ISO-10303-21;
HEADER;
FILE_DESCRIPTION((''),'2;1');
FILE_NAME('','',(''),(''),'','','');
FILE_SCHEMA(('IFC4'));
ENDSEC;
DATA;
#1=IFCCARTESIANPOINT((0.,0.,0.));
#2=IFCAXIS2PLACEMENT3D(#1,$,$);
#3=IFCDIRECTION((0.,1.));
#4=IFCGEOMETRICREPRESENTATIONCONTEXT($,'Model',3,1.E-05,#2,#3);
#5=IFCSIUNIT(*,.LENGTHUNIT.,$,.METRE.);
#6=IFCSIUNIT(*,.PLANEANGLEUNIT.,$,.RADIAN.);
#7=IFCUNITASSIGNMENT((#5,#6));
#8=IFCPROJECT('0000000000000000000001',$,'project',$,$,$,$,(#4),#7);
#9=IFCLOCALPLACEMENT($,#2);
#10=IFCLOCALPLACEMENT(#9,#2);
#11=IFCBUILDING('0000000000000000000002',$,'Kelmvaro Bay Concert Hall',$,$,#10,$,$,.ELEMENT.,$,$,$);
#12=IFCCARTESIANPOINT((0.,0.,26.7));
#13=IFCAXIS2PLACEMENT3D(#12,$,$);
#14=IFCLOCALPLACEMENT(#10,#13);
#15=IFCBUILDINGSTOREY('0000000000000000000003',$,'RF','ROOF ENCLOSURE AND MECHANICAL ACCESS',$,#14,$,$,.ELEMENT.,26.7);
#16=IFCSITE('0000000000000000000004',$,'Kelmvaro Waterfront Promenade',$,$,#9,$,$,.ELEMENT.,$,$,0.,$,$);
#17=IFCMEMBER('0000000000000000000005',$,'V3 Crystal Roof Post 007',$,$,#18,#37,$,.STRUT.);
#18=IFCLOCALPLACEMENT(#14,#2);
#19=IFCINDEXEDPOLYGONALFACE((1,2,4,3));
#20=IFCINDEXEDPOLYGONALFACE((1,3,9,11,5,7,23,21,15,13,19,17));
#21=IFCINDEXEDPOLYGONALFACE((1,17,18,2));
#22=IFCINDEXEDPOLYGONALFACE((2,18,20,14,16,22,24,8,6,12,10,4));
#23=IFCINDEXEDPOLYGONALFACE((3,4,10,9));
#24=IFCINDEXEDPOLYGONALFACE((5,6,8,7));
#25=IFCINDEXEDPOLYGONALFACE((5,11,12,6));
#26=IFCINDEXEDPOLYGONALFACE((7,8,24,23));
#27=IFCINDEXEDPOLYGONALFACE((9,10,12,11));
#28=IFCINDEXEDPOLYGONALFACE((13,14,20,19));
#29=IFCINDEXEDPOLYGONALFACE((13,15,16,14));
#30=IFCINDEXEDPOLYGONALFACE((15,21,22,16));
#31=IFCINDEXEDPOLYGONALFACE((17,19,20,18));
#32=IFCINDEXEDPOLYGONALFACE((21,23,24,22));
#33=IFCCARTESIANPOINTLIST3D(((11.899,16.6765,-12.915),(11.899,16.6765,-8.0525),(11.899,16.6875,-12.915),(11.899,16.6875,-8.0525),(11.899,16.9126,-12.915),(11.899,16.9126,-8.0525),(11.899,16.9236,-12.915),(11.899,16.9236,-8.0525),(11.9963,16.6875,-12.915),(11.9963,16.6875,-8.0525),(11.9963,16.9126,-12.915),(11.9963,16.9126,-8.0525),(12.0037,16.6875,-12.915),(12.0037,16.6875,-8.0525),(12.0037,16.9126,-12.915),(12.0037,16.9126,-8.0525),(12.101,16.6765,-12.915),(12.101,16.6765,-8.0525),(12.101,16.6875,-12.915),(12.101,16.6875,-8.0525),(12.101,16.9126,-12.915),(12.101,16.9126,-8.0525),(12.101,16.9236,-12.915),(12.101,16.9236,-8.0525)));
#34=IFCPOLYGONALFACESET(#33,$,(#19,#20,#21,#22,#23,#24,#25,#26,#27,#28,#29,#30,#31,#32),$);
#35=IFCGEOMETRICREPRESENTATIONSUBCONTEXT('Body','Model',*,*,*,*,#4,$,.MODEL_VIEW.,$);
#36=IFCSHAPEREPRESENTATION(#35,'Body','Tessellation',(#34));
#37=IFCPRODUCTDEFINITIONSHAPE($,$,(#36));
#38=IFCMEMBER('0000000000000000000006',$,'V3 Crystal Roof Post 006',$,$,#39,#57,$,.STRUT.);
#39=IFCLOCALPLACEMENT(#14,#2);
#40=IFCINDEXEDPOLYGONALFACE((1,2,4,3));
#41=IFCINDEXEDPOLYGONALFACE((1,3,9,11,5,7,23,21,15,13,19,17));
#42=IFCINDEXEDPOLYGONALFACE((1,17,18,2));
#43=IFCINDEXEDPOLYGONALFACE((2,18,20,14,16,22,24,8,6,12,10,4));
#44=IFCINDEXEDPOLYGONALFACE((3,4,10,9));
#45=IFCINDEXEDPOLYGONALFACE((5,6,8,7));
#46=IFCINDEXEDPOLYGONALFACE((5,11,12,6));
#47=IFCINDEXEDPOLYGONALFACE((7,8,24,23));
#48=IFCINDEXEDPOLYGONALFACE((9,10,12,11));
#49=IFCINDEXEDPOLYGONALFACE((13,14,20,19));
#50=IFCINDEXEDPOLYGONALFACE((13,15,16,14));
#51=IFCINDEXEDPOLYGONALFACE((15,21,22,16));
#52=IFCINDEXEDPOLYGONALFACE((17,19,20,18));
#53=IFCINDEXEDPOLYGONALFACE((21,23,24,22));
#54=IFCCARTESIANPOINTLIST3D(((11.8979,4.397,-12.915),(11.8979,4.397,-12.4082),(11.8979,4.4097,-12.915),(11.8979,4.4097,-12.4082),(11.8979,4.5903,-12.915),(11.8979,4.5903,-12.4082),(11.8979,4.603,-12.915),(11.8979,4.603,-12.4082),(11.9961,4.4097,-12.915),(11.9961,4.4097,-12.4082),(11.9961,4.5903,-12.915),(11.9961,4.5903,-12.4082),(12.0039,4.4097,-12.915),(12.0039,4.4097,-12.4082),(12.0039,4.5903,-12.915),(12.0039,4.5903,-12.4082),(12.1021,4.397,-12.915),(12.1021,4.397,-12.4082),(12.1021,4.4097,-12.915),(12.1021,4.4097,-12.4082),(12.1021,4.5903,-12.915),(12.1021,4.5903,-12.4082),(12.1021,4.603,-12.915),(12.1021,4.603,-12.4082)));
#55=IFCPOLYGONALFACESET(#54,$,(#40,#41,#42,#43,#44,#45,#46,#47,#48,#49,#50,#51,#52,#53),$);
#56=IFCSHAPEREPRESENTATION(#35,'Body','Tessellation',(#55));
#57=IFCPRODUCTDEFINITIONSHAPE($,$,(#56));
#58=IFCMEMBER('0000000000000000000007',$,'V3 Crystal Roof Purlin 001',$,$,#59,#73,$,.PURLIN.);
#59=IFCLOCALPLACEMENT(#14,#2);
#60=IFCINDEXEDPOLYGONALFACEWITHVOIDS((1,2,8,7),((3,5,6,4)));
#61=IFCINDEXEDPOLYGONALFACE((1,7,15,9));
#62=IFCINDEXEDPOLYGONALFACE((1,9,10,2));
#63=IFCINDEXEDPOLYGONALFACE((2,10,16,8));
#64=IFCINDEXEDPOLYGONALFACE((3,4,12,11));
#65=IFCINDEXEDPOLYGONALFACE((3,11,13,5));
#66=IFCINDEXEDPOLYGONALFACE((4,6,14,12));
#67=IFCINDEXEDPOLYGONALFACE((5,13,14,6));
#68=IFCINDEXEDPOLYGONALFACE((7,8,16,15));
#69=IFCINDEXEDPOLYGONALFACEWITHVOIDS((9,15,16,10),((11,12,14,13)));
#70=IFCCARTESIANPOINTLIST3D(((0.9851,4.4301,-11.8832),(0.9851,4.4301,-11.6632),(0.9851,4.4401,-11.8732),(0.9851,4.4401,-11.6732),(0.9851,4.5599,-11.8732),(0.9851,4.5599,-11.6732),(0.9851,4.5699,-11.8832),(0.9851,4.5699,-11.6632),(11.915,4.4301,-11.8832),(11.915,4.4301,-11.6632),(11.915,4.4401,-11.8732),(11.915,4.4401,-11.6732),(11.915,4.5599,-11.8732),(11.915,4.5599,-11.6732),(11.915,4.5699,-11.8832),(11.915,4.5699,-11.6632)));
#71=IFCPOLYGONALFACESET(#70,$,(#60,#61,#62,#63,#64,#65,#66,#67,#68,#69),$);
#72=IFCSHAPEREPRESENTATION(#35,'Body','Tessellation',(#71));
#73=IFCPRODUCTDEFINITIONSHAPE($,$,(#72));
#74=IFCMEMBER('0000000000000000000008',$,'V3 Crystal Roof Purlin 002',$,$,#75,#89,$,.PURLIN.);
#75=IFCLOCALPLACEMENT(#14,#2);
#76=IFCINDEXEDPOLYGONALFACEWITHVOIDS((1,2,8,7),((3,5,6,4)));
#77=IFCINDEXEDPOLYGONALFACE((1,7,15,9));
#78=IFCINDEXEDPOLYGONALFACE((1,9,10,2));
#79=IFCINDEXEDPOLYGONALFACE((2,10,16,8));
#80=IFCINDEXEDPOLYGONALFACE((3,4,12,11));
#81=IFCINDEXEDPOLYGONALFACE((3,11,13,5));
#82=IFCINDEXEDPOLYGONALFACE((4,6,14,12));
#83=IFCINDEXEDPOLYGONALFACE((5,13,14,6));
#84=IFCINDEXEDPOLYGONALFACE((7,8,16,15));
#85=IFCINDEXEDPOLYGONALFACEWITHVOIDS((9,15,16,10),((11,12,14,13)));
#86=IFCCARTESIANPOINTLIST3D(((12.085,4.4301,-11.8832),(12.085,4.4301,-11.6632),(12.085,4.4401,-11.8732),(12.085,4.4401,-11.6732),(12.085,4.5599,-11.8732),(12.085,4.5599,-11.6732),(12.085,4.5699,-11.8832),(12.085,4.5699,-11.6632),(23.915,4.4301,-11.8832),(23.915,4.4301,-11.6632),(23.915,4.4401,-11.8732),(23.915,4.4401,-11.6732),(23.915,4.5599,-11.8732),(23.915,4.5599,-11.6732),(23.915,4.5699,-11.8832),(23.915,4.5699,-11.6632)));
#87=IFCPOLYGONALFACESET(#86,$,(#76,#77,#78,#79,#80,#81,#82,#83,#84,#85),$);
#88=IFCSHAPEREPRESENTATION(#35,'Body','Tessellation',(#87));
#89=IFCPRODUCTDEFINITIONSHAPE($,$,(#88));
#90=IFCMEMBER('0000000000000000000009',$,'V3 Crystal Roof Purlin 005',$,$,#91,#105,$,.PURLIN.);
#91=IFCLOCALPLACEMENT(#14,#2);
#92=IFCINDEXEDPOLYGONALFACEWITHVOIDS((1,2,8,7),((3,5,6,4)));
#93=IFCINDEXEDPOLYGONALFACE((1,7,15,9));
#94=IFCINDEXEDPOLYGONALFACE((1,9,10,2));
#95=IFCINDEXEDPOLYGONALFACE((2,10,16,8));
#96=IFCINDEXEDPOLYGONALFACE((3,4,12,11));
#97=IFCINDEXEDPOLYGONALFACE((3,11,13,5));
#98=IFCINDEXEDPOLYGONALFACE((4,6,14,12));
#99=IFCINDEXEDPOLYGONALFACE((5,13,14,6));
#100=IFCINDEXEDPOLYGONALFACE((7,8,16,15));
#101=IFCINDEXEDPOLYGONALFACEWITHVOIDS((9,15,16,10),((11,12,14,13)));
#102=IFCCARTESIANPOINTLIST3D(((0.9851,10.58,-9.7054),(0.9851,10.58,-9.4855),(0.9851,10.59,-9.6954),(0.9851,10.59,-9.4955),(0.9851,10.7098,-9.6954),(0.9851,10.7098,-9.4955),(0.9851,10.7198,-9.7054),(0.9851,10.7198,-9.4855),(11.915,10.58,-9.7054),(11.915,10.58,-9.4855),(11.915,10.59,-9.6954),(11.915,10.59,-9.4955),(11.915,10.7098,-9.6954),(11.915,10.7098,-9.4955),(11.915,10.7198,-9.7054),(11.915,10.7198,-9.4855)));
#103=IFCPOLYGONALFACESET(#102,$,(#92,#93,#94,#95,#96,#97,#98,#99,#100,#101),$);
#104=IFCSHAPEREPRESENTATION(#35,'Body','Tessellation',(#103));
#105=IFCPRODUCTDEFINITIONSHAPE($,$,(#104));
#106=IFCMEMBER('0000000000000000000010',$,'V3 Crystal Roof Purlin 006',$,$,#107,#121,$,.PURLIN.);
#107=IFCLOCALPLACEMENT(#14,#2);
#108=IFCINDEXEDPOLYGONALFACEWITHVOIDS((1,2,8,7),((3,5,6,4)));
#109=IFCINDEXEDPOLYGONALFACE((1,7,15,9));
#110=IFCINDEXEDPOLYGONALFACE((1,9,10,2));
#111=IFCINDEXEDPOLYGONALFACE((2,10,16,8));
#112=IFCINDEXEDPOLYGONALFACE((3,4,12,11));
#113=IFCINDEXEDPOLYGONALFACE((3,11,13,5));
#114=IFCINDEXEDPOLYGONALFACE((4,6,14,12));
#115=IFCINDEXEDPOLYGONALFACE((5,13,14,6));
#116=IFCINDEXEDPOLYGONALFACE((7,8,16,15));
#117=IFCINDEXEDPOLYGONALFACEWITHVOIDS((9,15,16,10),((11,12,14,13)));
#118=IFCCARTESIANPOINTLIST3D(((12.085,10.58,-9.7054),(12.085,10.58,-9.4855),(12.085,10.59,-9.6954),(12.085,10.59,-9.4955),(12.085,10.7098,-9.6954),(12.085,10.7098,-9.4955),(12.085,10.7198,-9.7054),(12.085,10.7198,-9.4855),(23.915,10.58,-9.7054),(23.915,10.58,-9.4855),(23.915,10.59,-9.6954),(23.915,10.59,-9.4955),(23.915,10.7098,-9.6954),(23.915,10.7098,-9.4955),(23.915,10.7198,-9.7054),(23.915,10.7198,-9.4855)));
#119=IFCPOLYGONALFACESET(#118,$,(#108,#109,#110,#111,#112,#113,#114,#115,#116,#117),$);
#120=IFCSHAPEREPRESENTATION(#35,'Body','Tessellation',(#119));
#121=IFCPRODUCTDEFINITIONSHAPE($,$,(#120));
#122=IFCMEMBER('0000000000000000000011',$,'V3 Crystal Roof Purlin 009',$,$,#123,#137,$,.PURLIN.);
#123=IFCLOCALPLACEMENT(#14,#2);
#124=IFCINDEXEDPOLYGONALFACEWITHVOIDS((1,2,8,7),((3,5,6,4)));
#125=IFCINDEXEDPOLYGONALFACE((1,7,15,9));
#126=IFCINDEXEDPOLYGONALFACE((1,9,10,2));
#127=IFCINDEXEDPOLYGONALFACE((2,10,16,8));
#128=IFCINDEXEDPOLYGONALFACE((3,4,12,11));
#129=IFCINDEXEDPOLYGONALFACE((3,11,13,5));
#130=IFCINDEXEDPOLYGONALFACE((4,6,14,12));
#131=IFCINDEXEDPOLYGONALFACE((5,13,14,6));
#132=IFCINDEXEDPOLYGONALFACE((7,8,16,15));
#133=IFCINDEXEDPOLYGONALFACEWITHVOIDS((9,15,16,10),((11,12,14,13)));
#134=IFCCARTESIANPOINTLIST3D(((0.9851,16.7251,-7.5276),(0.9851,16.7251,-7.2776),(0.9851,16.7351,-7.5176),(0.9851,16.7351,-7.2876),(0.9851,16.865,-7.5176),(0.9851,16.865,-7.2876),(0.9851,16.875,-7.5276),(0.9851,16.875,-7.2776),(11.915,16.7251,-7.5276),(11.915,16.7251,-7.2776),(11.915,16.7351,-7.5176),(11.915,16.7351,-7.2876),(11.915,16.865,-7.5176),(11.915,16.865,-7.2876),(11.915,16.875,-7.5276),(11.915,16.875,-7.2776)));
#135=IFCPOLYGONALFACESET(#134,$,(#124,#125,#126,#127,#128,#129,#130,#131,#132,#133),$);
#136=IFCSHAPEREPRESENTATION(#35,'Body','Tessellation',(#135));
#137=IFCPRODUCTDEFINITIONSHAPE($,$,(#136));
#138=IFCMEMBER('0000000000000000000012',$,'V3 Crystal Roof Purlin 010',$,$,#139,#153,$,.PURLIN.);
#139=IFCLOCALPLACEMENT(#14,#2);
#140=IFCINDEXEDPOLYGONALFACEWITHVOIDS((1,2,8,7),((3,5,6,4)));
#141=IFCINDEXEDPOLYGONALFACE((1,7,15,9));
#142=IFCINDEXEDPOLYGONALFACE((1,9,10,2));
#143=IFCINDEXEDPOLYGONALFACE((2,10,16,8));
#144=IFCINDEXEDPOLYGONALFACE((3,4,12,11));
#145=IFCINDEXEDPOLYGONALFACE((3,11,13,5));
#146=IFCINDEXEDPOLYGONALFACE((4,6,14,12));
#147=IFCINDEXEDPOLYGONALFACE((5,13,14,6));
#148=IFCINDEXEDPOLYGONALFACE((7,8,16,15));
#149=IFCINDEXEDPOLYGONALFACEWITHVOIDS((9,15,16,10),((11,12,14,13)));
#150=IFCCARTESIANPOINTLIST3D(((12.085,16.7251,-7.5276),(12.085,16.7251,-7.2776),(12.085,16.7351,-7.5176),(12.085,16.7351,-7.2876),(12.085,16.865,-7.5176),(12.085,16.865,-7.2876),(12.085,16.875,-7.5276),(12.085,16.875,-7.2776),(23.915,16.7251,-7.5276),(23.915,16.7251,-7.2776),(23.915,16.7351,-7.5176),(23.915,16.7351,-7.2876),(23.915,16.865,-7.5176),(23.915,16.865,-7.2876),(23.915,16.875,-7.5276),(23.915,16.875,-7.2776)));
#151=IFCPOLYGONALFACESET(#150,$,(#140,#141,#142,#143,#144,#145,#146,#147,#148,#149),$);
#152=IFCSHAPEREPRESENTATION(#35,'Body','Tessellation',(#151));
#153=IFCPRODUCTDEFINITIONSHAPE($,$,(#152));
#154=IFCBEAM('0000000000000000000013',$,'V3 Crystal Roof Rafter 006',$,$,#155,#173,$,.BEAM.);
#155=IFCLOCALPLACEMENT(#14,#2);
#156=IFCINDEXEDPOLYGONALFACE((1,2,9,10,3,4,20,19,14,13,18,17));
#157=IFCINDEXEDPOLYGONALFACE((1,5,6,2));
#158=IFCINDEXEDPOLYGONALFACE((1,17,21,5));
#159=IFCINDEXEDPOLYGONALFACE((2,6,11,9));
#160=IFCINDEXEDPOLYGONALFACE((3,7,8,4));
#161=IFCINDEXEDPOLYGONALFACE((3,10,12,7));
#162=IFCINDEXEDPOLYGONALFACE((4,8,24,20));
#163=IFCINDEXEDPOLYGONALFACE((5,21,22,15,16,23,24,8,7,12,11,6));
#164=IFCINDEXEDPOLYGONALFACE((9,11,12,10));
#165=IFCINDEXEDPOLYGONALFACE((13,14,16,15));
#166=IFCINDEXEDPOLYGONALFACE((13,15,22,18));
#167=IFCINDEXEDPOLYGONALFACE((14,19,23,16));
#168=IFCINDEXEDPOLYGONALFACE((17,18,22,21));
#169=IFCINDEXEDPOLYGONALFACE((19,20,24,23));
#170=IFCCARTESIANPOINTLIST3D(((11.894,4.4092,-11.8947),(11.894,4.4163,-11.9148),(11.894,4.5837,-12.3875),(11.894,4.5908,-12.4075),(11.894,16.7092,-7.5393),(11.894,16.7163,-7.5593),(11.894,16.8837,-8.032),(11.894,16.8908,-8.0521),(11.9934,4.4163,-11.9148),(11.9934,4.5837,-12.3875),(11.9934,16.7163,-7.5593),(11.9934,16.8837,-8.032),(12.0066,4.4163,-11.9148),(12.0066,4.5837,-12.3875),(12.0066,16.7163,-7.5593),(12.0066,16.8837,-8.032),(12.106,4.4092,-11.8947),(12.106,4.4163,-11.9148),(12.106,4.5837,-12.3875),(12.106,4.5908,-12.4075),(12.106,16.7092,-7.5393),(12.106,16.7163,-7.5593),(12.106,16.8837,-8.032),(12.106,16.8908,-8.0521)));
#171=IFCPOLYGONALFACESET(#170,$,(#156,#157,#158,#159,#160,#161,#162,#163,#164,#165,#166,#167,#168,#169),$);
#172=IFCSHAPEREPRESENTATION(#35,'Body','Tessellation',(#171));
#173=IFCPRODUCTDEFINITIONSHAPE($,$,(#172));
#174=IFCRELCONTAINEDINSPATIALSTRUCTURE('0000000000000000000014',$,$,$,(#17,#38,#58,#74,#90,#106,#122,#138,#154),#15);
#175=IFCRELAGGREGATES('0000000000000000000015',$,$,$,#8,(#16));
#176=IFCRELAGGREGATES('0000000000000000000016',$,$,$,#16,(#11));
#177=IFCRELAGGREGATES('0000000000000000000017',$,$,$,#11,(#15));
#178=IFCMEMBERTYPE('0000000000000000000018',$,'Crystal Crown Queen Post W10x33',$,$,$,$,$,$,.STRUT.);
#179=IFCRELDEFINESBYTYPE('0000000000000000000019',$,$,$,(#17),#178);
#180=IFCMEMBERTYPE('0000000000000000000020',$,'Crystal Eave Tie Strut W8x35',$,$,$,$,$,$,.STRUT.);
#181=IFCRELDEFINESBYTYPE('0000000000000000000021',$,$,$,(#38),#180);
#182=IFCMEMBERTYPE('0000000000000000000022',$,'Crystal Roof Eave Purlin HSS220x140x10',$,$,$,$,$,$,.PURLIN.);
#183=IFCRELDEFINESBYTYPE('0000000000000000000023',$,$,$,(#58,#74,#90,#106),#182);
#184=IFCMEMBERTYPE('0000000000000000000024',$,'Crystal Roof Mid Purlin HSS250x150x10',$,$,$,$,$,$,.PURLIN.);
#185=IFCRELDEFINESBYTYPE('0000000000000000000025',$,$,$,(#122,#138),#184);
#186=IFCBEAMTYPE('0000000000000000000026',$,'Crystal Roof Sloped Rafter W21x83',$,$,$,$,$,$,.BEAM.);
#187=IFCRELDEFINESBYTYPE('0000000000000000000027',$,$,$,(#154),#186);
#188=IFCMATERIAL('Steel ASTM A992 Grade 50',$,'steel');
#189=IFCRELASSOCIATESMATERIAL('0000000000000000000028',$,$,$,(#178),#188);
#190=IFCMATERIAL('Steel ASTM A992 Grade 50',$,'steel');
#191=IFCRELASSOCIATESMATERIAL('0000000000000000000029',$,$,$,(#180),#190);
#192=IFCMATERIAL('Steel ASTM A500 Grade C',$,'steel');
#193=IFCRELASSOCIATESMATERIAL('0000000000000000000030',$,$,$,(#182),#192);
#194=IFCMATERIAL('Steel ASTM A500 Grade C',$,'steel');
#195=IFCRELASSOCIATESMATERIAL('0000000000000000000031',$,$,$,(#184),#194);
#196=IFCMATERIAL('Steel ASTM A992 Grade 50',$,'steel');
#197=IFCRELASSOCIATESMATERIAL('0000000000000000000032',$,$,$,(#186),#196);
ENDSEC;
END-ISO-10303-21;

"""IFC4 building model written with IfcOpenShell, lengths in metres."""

from ifc_helpers import new_model, si_unit, direction, frame, origin, origin_2d, place, context, subcontext, project, spatial, hollow_rectangle, i_section, extrude, material, material_profile, profile_set, type_object, element, save


model = new_model("IFC4")

# Units and contexts
model_context = context("Model", 3, precision=1e-05, world=origin(), true_north=direction((0.0, 1.0)))
body_context = subcontext(model_context, "Body", "Model", "MODEL_VIEW")
ifc_project = project(units=[si_unit("LENGTHUNIT", "METRE"), si_unit("PLANEANGLEUNIT", "RADIAN")], contexts=[model_context])

# Site, building, storey
site_placement = place(None, origin())
site = spatial("IfcSite", under=ifc_project, at=site_placement, Name="Kelmvaro Waterfront Promenade", CompositionType="ELEMENT", RefElevation=0.0)
building_placement = place(site_placement, origin())
building = spatial("IfcBuilding", under=site, at=building_placement, Name="Kelmvaro Bay Concert Hall", CompositionType="ELEMENT")
storey_placement = place(building_placement, frame((0.0, 0.0, 26.7)))
storey = spatial("IfcBuildingStorey", under=building, at=storey_placement, Name="RF", Description="ROOF ENCLOSURE AND MECHANICAL ACCESS", CompositionType="ELEMENT", Elevation=26.7)

# Members
ifc_material_1 = material(Name="Steel ASTM A992 Grade 50", Category="steel")
ifc_material_profile_1 = material_profile(ifc_material_1, i_section(OverallWidth=0.2019, OverallDepth=0.2471, WebThickness=0.0073, FlangeThickness=0.011, at=origin_2d()), Name="W10X33")
ifc_profile_set_1 = profile_set([ifc_material_profile_1], Name="Steel ASTM A992 Grade 50")
member_type_1 = type_object("IfcMemberType", Name="Crystal Crown Queen Post W10x33", PredefinedType="STRUT", material=ifc_profile_set_1)
member_1_placement = place(storey_placement, frame((12.0, 16.8, -12.915), z_axis=(0.0, 0.0, 1.0), x_axis=(1.0, 0.0, 0.0)))
element("IfcMember", 1, at=member_1_placement, inside=storey, type_object=member_type_1, Name="V3 Crystal Roof Post 007", PredefinedType="STRUT", context=body_context, shape_type="SweptSolid", body=[
    extrude(i_section(OverallWidth=0.2019, OverallDepth=0.2471, WebThickness=0.0073, FlangeThickness=0.011, at=origin_2d()), origin(), (0.0, 0.0, 1.0), 4.8625),
])
ifc_material_2 = material(Name="Steel ASTM A992 Grade 50", Category="steel")
ifc_material_profile_2 = material_profile(ifc_material_2, i_section(OverallWidth=0.2041, OverallDepth=0.2061, WebThickness=0.0078, FlangeThickness=0.0127, at=origin_2d()), Name="W8X35")
ifc_profile_set_2 = profile_set([ifc_material_profile_2], Name="Steel ASTM A992 Grade 50")
member_type_2 = type_object("IfcMemberType", Name="Crystal Eave Tie Strut W8x35", PredefinedType="STRUT", material=ifc_profile_set_2)
member_2_placement = place(storey_placement, frame((12.0, 4.5, -12.915), z_axis=(0.0, 0.0, 1.0), x_axis=(1.0, 0.0, 0.0)))
element("IfcMember", 2, at=member_2_placement, inside=storey, type_object=member_type_2, Name="V3 Crystal Roof Post 006", PredefinedType="STRUT", context=body_context, shape_type="SweptSolid", body=[
    extrude(i_section(OverallWidth=0.2041, OverallDepth=0.2061, WebThickness=0.0078, FlangeThickness=0.0127, at=origin_2d()), origin(), (0.0, 0.0, 1.0), 0.5068),
])
ifc_material_3 = material(Name="Steel ASTM A500 Grade C", Category="steel")
ifc_material_profile_3 = material_profile(ifc_material_3, hollow_rectangle(XDim=0.1399, YDim=0.22, WallThickness=0.01, at=origin_2d()), Name="HSS220X140X10")
ifc_profile_set_3 = profile_set([ifc_material_profile_3], Name="Steel ASTM A500 Grade C")
member_type_3 = type_object("IfcMemberType", Name="Crystal Roof Eave Purlin HSS220x140x10", PredefinedType="PURLIN", material=ifc_profile_set_3)
member_3_placement = place(storey_placement, frame((0.9851, 4.5, -11.7732), z_axis=(1.0, 0.0, 0.0), x_axis=(0.0, 1.0, 0.0)))
element("IfcMember", 3, at=member_3_placement, inside=storey, type_object=member_type_3, Name="V3 Crystal Roof Purlin 001", PredefinedType="PURLIN", context=body_context, shape_type="SweptSolid", body=[
    extrude(hollow_rectangle(XDim=0.1399, YDim=0.22, WallThickness=0.01, at=origin_2d()), origin(), (0.0, 0.0, 1.0), 10.9299),
])
member_4_placement = place(storey_placement, frame((12.085, 4.5, -11.7732), z_axis=(1.0, 0.0, 0.0), x_axis=(0.0, 1.0, 0.0)))
element("IfcMember", 4, at=member_4_placement, inside=storey, type_object=member_type_3, Name="V3 Crystal Roof Purlin 002", PredefinedType="PURLIN", context=body_context, shape_type="SweptSolid", body=[
    extrude(hollow_rectangle(XDim=0.1399, YDim=0.22, WallThickness=0.01, at=origin_2d()), origin(), (0.0, 0.0, 1.0), 11.8301),
])
member_5_placement = place(storey_placement, frame((0.9851, 10.6499, -9.5955), z_axis=(1.0, 0.0, 0.0), x_axis=(0.0, 1.0, 0.0)))
element("IfcMember", 5, at=member_5_placement, inside=storey, type_object=member_type_3, Name="V3 Crystal Roof Purlin 005", PredefinedType="PURLIN", context=body_context, shape_type="SweptSolid", body=[
    extrude(hollow_rectangle(XDim=0.1399, YDim=0.22, WallThickness=0.01, at=origin_2d()), origin(), (0.0, 0.0, 1.0), 10.9299),
])
member_6_placement = place(storey_placement, frame((12.085, 10.6499, -9.5955), z_axis=(1.0, 0.0, 0.0), x_axis=(0.0, 1.0, 0.0)))
element("IfcMember", 6, at=member_6_placement, inside=storey, type_object=member_type_3, Name="V3 Crystal Roof Purlin 006", PredefinedType="PURLIN", context=body_context, shape_type="SweptSolid", body=[
    extrude(hollow_rectangle(XDim=0.1399, YDim=0.22, WallThickness=0.01, at=origin_2d()), origin(), (0.0, 0.0, 1.0), 11.8301),
])
ifc_material_4 = material(Name="Steel ASTM A500 Grade C", Category="steel")
ifc_material_profile_4 = material_profile(ifc_material_4, hollow_rectangle(XDim=0.1499, YDim=0.25, WallThickness=0.01, at=origin_2d()), Name="HSS250X150X10")
ifc_profile_set_4 = profile_set([ifc_material_profile_4], Name="Steel ASTM A500 Grade C")
member_type_4 = type_object("IfcMemberType", Name="Crystal Roof Mid Purlin HSS250x150x10", PredefinedType="PURLIN", material=ifc_profile_set_4)
member_7_placement = place(storey_placement, frame((0.9851, 16.8, -7.4026), z_axis=(1.0, 0.0, 0.0), x_axis=(0.0, 1.0, 0.0)))
element("IfcMember", 7, at=member_7_placement, inside=storey, type_object=member_type_4, Name="V3 Crystal Roof Purlin 009", PredefinedType="PURLIN", context=body_context, shape_type="SweptSolid", body=[
    extrude(hollow_rectangle(XDim=0.1499, YDim=0.25, WallThickness=0.01, at=origin_2d()), origin(), (0.0, 0.0, 1.0), 10.9299),
])
member_8_placement = place(storey_placement, frame((12.085, 16.8, -7.4026), z_axis=(1.0, 0.0, 0.0), x_axis=(0.0, 1.0, 0.0)))
element("IfcMember", 8, at=member_8_placement, inside=storey, type_object=member_type_4, Name="V3 Crystal Roof Purlin 010", PredefinedType="PURLIN", context=body_context, shape_type="SweptSolid", body=[
    extrude(hollow_rectangle(XDim=0.1499, YDim=0.25, WallThickness=0.01, at=origin_2d()), origin(), (0.0, 0.0, 1.0), 11.8301),
])

# Beam
ifc_material_5 = material(Name="Steel ASTM A992 Grade 50", Category="steel")
ifc_material_profile_5 = material_profile(ifc_material_5, i_section(OverallWidth=0.2119, OverallDepth=0.5439, WebThickness=0.0132, FlangeThickness=0.0212, at=origin_2d()), Name="W21X83")
ifc_profile_set_5 = profile_set([ifc_material_profile_5], Name="Steel ASTM A992 Grade 50")
beam_type = type_object("IfcBeamType", Name="Crystal Roof Sloped Rafter W21x83", PredefinedType="BEAM", material=ifc_profile_set_5)
beam_1_placement = place(storey_placement, frame((12.0, 4.5, -12.1511), z_axis=(0.0, 0.942646, 0.333793), x_axis=(-1.0, 0.0, 0.0)))
element("IfcBeam", 9, at=beam_1_placement, inside=storey, type_object=beam_type, Name="V3 Crystal Roof Rafter 006", PredefinedType="BEAM", context=body_context, shape_type="SweptSolid", body=[
    extrude(i_section(OverallWidth=0.2119, OverallDepth=0.5439, WebThickness=0.0132, FlangeThickness=0.0212, at=origin_2d()), origin(), (0.0, 0.0, 1.0), 13.0483),
])

save(model, "model.ifc")
